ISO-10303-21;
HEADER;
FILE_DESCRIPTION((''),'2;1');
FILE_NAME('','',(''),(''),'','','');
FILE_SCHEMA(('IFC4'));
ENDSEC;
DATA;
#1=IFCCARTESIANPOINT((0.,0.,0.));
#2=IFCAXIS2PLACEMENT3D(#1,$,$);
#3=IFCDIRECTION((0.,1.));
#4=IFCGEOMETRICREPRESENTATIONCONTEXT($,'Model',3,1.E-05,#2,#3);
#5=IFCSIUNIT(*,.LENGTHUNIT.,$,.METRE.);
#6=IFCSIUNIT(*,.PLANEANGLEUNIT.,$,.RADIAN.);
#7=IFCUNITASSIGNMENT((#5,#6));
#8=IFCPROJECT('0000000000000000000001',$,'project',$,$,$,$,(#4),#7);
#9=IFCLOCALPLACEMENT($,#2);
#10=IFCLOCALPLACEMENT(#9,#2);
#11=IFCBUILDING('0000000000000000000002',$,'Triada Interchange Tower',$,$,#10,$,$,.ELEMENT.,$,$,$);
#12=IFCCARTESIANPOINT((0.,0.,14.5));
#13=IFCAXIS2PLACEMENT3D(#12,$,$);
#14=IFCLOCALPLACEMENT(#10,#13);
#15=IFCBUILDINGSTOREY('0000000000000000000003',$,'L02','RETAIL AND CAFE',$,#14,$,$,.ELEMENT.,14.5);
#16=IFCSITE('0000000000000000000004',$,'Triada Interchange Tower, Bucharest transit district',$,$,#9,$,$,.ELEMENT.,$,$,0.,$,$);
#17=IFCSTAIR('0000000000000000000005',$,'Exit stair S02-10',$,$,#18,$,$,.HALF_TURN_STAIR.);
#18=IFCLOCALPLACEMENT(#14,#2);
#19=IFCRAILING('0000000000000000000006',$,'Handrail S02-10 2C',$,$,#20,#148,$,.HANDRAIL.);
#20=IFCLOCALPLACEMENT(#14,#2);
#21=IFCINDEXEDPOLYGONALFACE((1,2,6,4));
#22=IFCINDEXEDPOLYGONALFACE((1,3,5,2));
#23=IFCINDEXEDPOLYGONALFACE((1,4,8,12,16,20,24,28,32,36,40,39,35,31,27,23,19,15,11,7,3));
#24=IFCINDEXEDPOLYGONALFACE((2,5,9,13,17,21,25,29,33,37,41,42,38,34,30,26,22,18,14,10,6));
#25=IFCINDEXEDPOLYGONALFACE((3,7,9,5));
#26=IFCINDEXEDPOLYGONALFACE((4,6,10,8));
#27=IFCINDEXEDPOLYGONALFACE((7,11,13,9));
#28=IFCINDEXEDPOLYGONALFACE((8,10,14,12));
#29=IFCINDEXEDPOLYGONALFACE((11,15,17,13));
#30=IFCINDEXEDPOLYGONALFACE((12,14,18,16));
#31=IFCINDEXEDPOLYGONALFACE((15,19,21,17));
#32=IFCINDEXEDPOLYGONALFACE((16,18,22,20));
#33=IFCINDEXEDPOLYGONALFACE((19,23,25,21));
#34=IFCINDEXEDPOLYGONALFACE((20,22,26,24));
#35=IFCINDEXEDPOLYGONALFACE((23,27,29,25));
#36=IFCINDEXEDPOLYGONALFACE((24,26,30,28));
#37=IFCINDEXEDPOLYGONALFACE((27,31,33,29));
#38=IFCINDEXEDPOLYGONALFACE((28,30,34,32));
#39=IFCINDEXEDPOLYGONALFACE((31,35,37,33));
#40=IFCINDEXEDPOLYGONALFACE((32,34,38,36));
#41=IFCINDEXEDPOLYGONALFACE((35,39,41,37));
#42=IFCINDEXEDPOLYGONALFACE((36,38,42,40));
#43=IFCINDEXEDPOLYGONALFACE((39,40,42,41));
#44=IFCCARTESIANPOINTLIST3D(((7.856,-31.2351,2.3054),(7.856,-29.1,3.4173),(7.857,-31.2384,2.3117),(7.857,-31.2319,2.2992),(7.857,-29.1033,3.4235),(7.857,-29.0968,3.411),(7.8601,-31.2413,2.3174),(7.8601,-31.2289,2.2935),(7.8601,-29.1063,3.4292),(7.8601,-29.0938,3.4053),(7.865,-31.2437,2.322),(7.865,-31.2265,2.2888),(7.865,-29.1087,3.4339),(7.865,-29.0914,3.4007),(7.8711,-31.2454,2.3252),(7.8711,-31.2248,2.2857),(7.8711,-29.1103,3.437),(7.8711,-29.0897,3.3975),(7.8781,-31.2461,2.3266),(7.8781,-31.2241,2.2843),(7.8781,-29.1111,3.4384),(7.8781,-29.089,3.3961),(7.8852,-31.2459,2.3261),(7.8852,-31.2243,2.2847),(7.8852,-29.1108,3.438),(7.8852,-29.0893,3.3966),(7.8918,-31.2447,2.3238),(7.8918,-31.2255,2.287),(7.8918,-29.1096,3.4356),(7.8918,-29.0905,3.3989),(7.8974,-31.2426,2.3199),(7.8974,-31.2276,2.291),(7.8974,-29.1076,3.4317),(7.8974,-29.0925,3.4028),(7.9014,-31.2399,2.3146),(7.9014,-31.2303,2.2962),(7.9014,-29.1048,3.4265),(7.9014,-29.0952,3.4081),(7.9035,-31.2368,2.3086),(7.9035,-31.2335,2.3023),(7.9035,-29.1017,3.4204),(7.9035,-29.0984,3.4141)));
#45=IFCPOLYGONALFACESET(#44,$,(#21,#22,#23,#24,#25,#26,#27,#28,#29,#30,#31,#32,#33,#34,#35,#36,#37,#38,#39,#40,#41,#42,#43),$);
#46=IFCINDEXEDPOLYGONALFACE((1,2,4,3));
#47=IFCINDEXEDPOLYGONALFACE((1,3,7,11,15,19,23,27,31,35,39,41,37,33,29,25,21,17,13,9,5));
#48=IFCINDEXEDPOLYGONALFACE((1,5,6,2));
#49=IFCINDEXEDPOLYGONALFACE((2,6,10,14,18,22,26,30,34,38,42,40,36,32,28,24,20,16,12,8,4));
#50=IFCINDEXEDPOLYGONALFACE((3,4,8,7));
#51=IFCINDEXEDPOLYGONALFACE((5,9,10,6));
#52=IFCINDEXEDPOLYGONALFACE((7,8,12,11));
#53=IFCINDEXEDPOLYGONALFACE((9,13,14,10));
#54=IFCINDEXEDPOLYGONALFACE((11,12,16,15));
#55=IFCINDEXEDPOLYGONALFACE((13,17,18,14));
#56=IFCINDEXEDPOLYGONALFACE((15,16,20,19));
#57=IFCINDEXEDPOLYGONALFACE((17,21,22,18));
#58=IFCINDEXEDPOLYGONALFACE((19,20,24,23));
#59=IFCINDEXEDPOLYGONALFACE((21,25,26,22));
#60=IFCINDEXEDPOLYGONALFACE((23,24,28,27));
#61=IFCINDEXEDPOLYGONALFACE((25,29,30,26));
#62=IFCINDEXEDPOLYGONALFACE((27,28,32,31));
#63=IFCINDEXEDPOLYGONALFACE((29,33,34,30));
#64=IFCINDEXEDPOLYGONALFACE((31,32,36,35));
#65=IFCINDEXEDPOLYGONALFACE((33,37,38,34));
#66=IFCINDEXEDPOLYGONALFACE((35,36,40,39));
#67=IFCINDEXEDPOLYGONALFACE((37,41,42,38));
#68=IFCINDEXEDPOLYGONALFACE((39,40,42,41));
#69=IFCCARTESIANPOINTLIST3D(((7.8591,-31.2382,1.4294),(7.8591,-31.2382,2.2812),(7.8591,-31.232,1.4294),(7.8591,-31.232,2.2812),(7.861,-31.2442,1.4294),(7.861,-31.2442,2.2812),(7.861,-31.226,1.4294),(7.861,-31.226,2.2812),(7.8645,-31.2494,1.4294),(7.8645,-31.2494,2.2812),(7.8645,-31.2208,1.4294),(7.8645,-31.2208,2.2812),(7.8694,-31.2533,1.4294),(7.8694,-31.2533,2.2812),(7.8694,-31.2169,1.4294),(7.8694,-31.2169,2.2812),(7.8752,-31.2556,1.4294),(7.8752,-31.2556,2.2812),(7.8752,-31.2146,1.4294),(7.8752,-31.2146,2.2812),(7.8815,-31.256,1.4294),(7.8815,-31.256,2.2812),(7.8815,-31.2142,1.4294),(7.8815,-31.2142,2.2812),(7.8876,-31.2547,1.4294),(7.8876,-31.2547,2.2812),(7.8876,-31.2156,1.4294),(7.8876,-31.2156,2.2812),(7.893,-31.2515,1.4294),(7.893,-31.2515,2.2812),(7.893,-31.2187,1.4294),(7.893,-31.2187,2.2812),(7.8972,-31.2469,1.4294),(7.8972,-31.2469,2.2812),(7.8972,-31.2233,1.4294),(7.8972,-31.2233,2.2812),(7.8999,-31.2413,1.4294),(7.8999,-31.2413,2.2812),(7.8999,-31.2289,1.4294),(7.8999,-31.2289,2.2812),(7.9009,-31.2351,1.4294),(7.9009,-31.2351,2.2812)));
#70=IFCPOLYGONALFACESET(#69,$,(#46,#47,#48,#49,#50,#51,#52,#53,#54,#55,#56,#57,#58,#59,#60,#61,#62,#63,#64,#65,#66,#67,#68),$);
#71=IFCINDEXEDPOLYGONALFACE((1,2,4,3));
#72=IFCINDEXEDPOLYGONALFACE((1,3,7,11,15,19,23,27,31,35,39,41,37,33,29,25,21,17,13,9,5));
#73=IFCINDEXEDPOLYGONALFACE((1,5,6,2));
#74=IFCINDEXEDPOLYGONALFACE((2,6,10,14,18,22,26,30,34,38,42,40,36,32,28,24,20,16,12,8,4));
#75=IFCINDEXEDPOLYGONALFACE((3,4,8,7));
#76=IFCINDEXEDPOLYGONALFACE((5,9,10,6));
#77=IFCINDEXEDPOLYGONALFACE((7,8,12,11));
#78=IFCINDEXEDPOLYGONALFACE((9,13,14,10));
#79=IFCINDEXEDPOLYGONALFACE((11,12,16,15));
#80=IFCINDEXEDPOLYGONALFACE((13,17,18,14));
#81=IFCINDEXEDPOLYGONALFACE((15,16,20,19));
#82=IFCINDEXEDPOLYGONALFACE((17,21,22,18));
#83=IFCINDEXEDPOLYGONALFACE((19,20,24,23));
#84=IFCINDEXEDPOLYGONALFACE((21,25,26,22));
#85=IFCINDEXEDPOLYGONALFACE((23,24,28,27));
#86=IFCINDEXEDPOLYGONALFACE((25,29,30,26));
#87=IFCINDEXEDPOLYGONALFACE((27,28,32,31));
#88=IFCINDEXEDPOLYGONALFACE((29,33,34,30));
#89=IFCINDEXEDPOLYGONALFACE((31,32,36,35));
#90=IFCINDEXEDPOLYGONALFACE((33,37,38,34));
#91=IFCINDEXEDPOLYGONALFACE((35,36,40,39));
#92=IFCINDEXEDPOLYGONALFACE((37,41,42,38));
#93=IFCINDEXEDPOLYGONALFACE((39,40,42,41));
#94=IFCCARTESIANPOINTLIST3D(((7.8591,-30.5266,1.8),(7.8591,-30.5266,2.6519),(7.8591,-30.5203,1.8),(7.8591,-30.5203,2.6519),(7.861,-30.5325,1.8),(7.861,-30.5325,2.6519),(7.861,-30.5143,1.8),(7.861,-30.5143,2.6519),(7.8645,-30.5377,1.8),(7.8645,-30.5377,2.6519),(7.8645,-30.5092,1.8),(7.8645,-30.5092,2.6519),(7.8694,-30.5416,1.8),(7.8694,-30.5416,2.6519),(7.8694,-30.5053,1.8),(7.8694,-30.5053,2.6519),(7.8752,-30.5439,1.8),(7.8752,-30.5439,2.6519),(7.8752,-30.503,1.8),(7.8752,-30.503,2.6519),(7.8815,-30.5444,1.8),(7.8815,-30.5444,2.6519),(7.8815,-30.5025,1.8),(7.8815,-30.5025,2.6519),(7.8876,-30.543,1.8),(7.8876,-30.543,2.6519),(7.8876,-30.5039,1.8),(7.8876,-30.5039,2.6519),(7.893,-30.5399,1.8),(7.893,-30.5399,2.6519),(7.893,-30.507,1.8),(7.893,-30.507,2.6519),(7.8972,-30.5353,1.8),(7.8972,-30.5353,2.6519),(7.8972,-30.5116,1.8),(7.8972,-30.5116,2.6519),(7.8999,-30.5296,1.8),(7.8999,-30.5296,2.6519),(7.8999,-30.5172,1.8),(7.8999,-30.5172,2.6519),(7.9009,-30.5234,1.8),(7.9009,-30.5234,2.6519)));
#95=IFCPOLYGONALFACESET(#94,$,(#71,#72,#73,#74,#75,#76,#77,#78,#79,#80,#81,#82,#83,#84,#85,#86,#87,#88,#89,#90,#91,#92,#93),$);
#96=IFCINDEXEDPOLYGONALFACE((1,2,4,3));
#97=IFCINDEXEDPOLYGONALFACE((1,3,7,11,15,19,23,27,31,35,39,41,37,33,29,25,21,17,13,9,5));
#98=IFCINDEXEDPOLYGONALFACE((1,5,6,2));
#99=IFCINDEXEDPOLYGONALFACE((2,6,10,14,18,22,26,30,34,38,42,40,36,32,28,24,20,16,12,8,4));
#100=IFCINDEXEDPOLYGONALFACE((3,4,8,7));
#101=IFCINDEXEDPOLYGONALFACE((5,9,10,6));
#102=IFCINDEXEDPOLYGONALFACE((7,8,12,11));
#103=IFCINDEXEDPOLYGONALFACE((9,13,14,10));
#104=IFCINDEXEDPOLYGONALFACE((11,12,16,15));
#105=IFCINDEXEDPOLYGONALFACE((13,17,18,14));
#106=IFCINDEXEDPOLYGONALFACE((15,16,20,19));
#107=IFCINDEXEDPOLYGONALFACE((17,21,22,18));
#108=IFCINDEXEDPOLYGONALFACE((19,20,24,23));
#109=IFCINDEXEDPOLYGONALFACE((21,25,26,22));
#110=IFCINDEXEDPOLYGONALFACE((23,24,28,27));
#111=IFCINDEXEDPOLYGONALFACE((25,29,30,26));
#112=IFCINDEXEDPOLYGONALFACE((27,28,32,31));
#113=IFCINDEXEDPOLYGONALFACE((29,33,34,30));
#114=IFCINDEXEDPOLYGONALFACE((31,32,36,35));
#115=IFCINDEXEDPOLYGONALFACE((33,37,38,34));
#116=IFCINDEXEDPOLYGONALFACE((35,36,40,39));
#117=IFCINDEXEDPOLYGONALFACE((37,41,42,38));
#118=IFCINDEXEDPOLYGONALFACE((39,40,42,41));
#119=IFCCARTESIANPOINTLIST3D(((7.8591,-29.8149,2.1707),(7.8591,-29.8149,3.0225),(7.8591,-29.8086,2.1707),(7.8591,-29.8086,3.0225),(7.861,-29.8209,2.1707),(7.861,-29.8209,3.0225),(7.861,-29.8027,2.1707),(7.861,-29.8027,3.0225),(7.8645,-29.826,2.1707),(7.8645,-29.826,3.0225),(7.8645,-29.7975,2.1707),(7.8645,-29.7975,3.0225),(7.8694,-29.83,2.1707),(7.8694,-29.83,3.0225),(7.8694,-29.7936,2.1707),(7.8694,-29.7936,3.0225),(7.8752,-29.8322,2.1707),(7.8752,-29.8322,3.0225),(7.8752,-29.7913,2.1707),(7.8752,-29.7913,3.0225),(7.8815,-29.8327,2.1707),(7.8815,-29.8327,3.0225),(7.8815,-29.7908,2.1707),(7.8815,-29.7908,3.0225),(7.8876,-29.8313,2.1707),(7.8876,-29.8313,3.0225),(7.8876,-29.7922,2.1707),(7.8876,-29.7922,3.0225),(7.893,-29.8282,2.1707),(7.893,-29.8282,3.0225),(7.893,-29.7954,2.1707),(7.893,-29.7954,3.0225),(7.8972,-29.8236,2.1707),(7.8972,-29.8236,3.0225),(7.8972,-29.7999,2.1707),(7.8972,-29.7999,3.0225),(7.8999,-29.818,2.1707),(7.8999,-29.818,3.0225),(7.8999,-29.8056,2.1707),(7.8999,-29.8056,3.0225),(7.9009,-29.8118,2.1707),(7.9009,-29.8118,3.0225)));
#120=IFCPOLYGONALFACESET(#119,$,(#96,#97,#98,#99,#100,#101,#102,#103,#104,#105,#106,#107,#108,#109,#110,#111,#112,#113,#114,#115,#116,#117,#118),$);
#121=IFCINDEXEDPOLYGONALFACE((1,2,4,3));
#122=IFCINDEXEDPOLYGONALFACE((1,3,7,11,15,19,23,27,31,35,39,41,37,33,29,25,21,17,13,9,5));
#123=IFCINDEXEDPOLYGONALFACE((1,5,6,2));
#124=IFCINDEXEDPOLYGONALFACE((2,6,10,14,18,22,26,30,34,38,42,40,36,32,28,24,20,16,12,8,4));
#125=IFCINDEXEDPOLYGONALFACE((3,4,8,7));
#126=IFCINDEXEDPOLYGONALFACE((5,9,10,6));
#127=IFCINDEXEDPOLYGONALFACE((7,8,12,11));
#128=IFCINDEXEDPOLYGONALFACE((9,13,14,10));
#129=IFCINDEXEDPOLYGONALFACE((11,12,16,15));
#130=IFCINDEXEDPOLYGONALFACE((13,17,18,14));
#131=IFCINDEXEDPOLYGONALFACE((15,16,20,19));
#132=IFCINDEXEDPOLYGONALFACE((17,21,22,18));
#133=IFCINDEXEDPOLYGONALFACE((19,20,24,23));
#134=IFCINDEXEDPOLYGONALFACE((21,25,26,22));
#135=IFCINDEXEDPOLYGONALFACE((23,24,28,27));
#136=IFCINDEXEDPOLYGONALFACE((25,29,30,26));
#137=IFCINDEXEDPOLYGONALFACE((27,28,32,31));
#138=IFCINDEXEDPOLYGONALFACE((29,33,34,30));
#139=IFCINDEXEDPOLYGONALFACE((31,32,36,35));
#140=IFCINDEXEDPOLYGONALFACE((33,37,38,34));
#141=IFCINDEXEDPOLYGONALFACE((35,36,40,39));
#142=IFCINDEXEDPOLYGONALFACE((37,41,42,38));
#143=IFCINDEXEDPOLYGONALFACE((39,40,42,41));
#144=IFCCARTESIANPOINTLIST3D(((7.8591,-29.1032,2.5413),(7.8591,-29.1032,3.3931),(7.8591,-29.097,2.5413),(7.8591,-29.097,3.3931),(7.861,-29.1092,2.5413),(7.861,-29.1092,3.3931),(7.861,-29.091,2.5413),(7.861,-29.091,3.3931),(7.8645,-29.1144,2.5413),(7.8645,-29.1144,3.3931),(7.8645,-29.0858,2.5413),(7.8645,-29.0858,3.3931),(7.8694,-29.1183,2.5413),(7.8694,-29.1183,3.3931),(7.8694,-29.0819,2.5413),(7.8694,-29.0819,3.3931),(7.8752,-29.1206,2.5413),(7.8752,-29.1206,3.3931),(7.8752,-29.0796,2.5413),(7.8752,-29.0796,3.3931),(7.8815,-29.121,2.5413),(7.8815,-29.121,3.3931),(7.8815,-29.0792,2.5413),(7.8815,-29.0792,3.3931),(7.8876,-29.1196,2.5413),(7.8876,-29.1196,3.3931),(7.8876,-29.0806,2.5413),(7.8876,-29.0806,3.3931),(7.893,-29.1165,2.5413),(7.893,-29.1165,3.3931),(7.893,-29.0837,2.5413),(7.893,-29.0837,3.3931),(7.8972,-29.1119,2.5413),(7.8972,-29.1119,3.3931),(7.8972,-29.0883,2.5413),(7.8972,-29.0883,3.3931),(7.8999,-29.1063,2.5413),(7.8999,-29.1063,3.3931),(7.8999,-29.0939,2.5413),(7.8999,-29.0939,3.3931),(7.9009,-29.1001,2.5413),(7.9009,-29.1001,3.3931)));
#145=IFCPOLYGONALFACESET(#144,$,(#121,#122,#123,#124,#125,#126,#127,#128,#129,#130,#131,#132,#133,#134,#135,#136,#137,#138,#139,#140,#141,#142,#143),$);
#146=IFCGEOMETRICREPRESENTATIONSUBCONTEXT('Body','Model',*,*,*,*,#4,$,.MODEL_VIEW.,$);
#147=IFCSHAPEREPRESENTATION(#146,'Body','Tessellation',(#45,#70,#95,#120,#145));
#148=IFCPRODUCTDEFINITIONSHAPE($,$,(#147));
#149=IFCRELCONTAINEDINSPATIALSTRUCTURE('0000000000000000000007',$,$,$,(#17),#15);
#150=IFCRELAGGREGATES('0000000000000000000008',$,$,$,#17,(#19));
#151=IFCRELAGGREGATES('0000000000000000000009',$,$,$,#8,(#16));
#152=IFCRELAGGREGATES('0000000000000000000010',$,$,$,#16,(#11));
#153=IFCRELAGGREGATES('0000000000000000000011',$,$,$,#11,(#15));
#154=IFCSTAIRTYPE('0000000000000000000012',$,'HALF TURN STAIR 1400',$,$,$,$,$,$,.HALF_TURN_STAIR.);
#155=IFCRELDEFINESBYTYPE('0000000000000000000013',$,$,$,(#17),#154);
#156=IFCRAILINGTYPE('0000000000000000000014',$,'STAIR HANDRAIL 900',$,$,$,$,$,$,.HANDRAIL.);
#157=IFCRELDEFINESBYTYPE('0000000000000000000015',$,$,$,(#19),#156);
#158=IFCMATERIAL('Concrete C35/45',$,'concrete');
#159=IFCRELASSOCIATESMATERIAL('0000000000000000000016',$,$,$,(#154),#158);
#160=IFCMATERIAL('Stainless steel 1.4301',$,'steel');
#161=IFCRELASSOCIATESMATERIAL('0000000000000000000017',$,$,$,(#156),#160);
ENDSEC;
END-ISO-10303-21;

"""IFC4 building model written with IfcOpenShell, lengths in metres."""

from ifc_helpers import new_model, si_unit, direction, frame, origin, origin_2d, place, context, subcontext, project, spatial, circle, extrude, material, type_object, element, aggregate, save


model = new_model("IFC4")

# Units and contexts
model_context = context("Model", 3, precision=1e-05, world=origin(), true_north=direction((0.0, 1.0)))
body_context = subcontext(model_context, "Body", "Model", "MODEL_VIEW")
ifc_project = project(units=[si_unit("LENGTHUNIT", "METRE"), si_unit("PLANEANGLEUNIT", "RADIAN")], contexts=[model_context])

# Site, building, storey
site_placement = place(None, origin())
site = spatial("IfcSite", under=ifc_project, at=site_placement, Name="Triada Interchange Tower, Bucharest transit district", CompositionType="ELEMENT", RefElevation=0.0)
building_placement = place(site_placement, origin())
building = spatial("IfcBuilding", under=site, at=building_placement, Name="Triada Interchange Tower", CompositionType="ELEMENT")
storey_placement = place(building_placement, frame((0.0, 0.0, 14.5)))
storey = spatial("IfcBuildingStorey", under=building, at=storey_placement, Name="L02", Description="RETAIL AND CAFE", CompositionType="ELEMENT", Elevation=14.5)

# Shared definitions
ifc_material_1 = material(Name="Concrete C35/45", Category="concrete")

# Stair, railing
stair_type = type_object("IfcStairType", Name="HALF TURN STAIR 1400", PredefinedType="HALF_TURN_STAIR", material=ifc_material_1)
stair_placement = place(storey_placement, origin())
stair = element("IfcStair", 1, at=stair_placement, inside=storey, type_object=stair_type, Name="Exit stair S02-10", PredefinedType="HALF_TURN_STAIR")
ifc_material_2 = material(Name="Stainless steel 1.4301", Category="steel")
railing_type_1 = type_object("IfcRailingType", Name="STAIR HANDRAIL 900", PredefinedType="HANDRAIL", material=ifc_material_2)
railing_1_placement = place(storey_placement, frame((7.8799, -31.2351, 1.4294)))
railing_1 = element("IfcRailing", 2, at=railing_1_placement, type_object=railing_type_1, Name="Handrail S02-10 2C", PredefinedType="HANDRAIL", context=body_context, shape_type="SweptSolid", body=[
    extrude(circle(Radius=0.0239, at=origin_2d()), frame((0.0, 0.0, 0.876), z_axis=(0.0, 0.886943, 0.46188), x_axis=(-1.0, 0.0, 0.0)), (0.0, 0.0, 1.0), 2.4072),
    extrude(circle(Radius=0.021, at=origin_2d()), origin(), (0.0, 0.0, 1.0), 0.8518),
    extrude(circle(Radius=0.021, at=origin_2d()), frame((0.0, 0.7117, 0.3706)), (0.0, 0.0, 1.0), 0.8518),
    extrude(circle(Radius=0.021, at=origin_2d()), frame((0.0, 1.4233, 0.7412)), (0.0, 0.0, 1.0), 0.8518),
    extrude(circle(Radius=0.021, at=origin_2d()), frame((0.0, 2.135, 1.1118)), (0.0, 0.0, 1.0), 0.8518),
])
aggregate(stair, [railing_1])

save(model, "model.ifc")
